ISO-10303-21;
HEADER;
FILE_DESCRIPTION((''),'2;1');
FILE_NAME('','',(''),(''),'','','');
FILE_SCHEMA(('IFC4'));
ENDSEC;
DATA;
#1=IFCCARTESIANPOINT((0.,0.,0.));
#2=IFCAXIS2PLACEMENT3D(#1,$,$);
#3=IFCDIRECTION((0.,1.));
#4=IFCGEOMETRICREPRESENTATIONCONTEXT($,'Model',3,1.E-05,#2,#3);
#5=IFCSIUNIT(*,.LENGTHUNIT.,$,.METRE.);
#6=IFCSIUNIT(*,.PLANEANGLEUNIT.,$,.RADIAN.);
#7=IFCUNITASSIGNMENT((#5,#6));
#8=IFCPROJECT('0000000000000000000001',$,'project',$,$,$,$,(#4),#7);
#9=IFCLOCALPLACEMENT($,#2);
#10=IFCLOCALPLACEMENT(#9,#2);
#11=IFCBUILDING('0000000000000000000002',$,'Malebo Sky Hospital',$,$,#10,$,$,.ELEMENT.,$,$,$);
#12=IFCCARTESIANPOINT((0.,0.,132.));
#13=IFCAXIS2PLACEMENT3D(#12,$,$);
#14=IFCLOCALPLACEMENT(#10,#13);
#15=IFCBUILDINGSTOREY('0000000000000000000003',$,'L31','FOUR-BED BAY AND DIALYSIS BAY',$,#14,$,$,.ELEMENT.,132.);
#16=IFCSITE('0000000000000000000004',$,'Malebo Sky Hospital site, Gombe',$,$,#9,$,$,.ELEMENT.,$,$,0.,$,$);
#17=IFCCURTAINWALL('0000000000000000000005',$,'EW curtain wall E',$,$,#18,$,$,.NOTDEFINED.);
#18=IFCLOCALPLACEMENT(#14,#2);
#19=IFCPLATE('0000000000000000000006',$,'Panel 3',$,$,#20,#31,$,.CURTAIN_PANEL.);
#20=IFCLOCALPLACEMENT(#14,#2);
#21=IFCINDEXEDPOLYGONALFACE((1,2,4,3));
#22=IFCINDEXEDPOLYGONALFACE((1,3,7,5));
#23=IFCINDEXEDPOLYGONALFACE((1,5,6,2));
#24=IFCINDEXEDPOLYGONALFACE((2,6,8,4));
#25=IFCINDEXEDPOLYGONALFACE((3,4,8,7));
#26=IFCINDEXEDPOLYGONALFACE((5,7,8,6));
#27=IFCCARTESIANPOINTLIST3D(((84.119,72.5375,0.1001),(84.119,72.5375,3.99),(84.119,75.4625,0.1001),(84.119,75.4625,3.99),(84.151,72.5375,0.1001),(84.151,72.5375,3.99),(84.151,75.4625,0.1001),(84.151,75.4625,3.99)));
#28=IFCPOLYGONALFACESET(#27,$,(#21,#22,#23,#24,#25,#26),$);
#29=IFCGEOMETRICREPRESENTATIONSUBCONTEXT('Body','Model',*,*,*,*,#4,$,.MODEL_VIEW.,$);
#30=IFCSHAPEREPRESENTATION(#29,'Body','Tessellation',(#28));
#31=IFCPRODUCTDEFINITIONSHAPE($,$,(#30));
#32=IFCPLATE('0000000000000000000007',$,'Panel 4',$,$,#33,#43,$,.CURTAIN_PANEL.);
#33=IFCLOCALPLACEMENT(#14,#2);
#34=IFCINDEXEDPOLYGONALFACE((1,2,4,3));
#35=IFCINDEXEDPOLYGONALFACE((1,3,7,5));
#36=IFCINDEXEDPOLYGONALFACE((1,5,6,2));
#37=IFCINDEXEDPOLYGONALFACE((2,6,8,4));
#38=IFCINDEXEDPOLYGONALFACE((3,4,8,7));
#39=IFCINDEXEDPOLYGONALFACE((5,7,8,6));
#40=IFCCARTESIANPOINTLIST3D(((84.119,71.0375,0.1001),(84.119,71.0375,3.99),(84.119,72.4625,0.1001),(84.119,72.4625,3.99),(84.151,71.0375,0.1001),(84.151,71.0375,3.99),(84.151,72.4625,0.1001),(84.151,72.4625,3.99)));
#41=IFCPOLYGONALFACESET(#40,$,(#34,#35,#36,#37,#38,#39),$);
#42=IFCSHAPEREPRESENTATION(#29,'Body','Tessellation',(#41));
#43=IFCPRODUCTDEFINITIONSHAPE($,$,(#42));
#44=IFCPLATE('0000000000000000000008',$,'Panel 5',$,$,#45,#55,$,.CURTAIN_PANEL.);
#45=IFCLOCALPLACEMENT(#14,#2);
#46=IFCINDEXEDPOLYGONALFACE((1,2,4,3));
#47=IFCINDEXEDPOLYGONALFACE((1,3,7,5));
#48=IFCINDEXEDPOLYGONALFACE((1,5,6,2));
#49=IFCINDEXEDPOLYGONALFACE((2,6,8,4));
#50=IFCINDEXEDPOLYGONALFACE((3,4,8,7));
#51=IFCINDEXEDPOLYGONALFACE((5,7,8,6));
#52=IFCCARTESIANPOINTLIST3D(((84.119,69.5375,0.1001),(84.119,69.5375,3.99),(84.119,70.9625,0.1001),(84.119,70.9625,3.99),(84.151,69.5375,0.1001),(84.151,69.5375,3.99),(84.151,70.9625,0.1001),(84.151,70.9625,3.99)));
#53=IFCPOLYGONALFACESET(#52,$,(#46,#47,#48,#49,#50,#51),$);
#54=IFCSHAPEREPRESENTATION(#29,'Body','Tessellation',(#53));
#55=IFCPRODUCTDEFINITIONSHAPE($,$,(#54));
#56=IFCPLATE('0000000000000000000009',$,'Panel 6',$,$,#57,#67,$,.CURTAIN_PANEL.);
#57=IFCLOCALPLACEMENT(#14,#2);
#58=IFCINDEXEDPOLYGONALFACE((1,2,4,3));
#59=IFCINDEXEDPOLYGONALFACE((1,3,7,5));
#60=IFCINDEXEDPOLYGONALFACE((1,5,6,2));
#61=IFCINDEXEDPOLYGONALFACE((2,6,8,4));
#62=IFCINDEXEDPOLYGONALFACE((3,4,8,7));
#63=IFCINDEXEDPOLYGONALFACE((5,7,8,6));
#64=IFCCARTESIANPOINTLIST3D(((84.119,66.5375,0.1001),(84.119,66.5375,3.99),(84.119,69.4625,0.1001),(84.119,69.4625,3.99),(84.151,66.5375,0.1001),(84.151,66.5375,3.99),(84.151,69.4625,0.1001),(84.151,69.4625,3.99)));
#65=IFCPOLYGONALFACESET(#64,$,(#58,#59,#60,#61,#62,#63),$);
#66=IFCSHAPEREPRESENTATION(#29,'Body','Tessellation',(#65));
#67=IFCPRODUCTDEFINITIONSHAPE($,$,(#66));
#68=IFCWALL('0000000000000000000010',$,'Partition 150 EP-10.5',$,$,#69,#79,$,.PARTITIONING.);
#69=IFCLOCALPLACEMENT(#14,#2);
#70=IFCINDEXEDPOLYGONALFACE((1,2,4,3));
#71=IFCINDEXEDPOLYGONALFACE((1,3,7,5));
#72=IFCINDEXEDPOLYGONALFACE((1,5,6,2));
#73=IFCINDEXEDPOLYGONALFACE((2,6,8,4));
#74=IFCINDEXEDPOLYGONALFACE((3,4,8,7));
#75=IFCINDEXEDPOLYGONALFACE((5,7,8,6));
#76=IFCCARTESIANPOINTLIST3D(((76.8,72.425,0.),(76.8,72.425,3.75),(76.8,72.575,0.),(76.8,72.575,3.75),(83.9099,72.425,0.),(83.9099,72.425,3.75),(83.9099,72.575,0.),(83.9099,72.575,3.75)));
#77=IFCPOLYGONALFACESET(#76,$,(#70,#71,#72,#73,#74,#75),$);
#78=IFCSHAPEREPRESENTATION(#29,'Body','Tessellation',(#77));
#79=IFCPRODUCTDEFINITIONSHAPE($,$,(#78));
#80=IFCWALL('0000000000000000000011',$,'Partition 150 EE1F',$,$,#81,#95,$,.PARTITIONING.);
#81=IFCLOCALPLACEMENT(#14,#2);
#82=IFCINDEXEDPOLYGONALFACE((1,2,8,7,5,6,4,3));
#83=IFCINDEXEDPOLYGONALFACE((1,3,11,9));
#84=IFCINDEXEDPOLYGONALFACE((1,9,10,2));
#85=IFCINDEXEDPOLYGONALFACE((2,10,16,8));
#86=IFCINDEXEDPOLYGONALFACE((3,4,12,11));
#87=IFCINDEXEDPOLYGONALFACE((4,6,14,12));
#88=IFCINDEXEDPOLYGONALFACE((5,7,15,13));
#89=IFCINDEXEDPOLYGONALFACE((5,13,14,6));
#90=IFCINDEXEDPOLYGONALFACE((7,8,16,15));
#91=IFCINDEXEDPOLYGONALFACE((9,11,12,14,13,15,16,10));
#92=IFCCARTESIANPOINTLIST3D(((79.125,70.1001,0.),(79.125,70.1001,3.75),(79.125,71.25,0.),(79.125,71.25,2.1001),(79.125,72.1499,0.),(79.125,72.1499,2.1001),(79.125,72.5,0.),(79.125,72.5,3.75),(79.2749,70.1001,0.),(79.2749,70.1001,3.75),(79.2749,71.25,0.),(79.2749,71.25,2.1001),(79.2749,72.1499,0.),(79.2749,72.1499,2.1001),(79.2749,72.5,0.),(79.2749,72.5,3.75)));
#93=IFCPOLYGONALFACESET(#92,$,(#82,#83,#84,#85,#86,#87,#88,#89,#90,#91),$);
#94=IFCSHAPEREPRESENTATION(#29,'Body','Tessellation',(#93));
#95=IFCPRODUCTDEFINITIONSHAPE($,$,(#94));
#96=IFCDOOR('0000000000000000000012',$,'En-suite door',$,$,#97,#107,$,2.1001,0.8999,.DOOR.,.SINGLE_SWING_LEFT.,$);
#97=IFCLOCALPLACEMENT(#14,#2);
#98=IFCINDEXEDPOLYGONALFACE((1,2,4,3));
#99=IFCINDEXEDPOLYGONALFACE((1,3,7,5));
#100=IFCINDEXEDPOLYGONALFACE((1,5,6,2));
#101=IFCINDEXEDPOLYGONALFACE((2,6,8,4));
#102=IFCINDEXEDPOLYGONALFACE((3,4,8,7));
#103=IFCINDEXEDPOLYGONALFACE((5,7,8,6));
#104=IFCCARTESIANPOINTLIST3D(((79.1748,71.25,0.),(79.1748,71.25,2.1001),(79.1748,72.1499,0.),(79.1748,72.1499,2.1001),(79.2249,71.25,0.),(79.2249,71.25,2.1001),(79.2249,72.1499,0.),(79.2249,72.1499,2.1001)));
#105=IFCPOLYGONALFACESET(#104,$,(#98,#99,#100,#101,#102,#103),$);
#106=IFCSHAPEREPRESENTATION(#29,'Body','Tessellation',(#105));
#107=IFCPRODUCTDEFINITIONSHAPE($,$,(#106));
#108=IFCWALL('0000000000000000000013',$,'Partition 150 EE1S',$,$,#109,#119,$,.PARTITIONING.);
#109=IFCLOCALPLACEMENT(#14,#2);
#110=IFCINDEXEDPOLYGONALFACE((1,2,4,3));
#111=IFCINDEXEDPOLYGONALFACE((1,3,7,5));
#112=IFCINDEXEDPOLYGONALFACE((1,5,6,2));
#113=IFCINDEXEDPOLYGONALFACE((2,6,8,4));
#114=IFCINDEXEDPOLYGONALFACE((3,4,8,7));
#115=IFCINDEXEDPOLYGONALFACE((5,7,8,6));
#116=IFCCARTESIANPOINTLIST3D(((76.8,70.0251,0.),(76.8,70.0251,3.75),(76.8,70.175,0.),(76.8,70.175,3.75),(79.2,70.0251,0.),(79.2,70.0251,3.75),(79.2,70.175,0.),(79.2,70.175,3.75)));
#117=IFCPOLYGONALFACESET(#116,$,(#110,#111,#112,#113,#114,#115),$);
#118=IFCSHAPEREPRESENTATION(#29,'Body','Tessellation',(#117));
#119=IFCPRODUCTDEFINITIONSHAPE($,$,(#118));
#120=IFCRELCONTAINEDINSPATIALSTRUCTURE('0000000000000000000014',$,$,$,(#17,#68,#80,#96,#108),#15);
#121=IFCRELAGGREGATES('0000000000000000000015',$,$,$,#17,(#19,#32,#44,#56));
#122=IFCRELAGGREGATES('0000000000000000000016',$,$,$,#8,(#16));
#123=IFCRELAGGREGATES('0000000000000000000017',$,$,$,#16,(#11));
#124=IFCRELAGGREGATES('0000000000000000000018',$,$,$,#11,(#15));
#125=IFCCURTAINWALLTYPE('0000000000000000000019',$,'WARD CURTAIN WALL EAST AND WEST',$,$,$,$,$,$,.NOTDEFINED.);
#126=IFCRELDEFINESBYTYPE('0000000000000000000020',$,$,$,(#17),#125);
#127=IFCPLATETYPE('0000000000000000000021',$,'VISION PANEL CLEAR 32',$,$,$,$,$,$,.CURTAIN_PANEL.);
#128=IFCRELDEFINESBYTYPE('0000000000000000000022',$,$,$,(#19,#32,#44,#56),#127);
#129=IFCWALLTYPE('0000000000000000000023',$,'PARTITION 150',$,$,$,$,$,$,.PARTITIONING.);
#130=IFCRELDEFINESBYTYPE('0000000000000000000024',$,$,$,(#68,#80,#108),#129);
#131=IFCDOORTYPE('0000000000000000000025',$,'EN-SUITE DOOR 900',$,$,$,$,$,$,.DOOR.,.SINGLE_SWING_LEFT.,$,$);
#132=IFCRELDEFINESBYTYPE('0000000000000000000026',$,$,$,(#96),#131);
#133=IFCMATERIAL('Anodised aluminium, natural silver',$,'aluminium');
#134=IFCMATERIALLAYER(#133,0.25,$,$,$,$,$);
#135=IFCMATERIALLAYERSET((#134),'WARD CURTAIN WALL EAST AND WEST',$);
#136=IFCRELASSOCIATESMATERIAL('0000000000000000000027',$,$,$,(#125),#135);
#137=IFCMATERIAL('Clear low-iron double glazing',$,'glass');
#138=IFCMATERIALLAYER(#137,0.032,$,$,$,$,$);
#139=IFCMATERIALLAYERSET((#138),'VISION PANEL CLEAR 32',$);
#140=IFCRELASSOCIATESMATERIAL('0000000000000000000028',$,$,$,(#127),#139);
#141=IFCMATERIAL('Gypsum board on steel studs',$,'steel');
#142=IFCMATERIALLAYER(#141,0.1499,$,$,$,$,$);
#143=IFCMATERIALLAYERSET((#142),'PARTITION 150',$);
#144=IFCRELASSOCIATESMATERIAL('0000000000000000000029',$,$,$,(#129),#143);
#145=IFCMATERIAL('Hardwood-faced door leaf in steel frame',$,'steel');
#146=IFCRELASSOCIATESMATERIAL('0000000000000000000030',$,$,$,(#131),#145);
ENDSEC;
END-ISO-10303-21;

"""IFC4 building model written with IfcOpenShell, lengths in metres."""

from ifc_helpers import new_model, si_unit, direction, frame, frame_2d, origin, origin_2d, place, context, subcontext, project, spatial, rectangle, extrude, material, layer, layer_set, type_object, element, fill, aggregate, save


model = new_model("IFC4")

# Units and contexts
model_context = context("Model", 3, precision=1e-05, world=origin(), true_north=direction((0.0, 1.0)))
body_context = subcontext(model_context, "Body", "Model", "MODEL_VIEW")
ifc_project = project(units=[si_unit("LENGTHUNIT", "METRE"), si_unit("PLANEANGLEUNIT", "RADIAN")], contexts=[model_context])

# Site, building, storey
site_placement = place(None, origin())
site = spatial("IfcSite", under=ifc_project, at=site_placement, Name="Malebo Sky Hospital site, Gombe", CompositionType="ELEMENT", RefElevation=0.0)
building_placement = place(site_placement, origin())
building = spatial("IfcBuilding", under=site, at=building_placement, Name="Malebo Sky Hospital", CompositionType="ELEMENT")
storey_placement = place(building_placement, frame((0.0, 0.0, 132.0)))
storey = spatial("IfcBuildingStorey", under=building, at=storey_placement, Name="L31", Description="FOUR-BED BAY AND DIALYSIS BAY", CompositionType="ELEMENT", Elevation=132.0)

# Curtain wall
ifc_material_1 = material(Name="Anodised aluminium, natural silver", Category="aluminium")
ifc_layer_1 = layer(ifc_material_1, 0.25)
ifc_layer_set_1 = layer_set([ifc_layer_1], Name="WARD CURTAIN WALL EAST AND WEST")
curtain_wall_type = type_object("IfcCurtainWallType", Name="WARD CURTAIN WALL EAST AND WEST", PredefinedType="NOTDEFINED", material=ifc_layer_set_1)
curtain_wall_placement = place(storey_placement, origin())
curtain_wall = element("IfcCurtainWall", 1, at=curtain_wall_placement, inside=storey, type_object=curtain_wall_type, Name="EW curtain wall E", PredefinedType="NOTDEFINED")

# Plates
ifc_material_2 = material(Name="Clear low-iron double glazing", Category="glass")
ifc_layer_2 = layer(ifc_material_2, 0.032)
ifc_layer_set_2 = layer_set([ifc_layer_2], Name="VISION PANEL CLEAR 32")
plate_type = type_object("IfcPlateType", Name="VISION PANEL CLEAR 32", PredefinedType="CURTAIN_PANEL", material=ifc_layer_set_2)
plate_1_placement = place(storey_placement, frame((84.135, 74.0, 0.1001), z_axis=(0.0, 0.0, 1.0), x_axis=(0.0, -1.0, 0.0)))
plate_1 = element("IfcPlate", 2, at=plate_1_placement, type_object=plate_type, Name="Panel 3", PredefinedType="CURTAIN_PANEL", context=body_context, shape_type="SweptSolid", body=[
    extrude(rectangle(XDim=2.925, YDim=0.032, at=origin_2d()), origin(), (0.0, 0.0, 1.0), 3.8899),
])
plate_2_placement = place(storey_placement, frame((84.135, 71.75, 0.1001), z_axis=(0.0, 0.0, 1.0), x_axis=(0.0, -1.0, 0.0)))
plate_2 = element("IfcPlate", 3, at=plate_2_placement, type_object=plate_type, Name="Panel 4", PredefinedType="CURTAIN_PANEL", context=body_context, shape_type="SweptSolid", body=[
    extrude(rectangle(XDim=1.425, YDim=0.032, at=origin_2d()), origin(), (0.0, 0.0, 1.0), 3.8899),
])
plate_3_placement = place(storey_placement, frame((84.135, 70.25, 0.1001), z_axis=(0.0, 0.0, 1.0), x_axis=(0.0, -1.0, 0.0)))
plate_3 = element("IfcPlate", 4, at=plate_3_placement, type_object=plate_type, Name="Panel 5", PredefinedType="CURTAIN_PANEL", context=body_context, shape_type="SweptSolid", body=[
    extrude(rectangle(XDim=1.425, YDim=0.032, at=origin_2d()), origin(), (0.0, 0.0, 1.0), 3.8899),
])
plate_4_placement = place(storey_placement, frame((84.135, 68.0, 0.1001), z_axis=(0.0, 0.0, 1.0), x_axis=(0.0, -1.0, 0.0)))
plate_4 = element("IfcPlate", 5, at=plate_4_placement, type_object=plate_type, Name="Panel 6", PredefinedType="CURTAIN_PANEL", context=body_context, shape_type="SweptSolid", body=[
    extrude(rectangle(XDim=2.925, YDim=0.032, at=origin_2d()), origin(), (0.0, 0.0, 1.0), 3.8899),
])
aggregate(curtain_wall, [plate_1, plate_2, plate_3, plate_4])

# Wall
ifc_material_3 = material(Name="Gypsum board on steel studs", Category="steel")
ifc_layer_3 = layer(ifc_material_3, 0.1499)
ifc_layer_set_3 = layer_set([ifc_layer_3], Name="PARTITION 150")
wall_type = type_object("IfcWallType", Name="PARTITION 150", PredefinedType="PARTITIONING", material=ifc_layer_set_3)
wall_1_placement = place(storey_placement, frame((76.8, 72.5, 0.0), z_axis=(0.0, 0.0, 1.0), x_axis=(1.0, 0.0, 0.0)))
element("IfcWall", 6, at=wall_1_placement, inside=storey, type_object=wall_type, Name="Partition 150 EP-10.5", PredefinedType="PARTITIONING", context=body_context, shape_type="SweptSolid", body=[
    extrude(rectangle(XDim=7.1099, YDim=0.1499, at=frame_2d((3.5549, 0.0))), origin(), (0.0, 0.0, 1.0), 3.75),
])

# Wall, opening, door
wall_2_placement = place(storey_placement, frame((79.2, 72.5, 0.0), z_axis=(0.0, 0.0, 1.0), x_axis=(0.0, -1.0, 0.0)))
wall_2 = element("IfcWall", 7, at=wall_2_placement, inside=storey, type_object=wall_type, Name="Partition 150 EE1F", PredefinedType="PARTITIONING", context=body_context, shape_type="SweptSolid", body=[
    extrude(rectangle(XDim=2.3999, YDim=0.1499, at=frame_2d((1.2, 0.0))), origin(), (0.0, 0.0, 1.0), 3.75),
])
opening_placement = place(wall_2_placement, frame((0.3501, 0.0, 0.0)))
opening = element("IfcOpeningElement", 8, at=opening_placement, cuts=wall_2, PredefinedType="OPENING", context=body_context, shape_type="SweptSolid", body=[
    extrude(rectangle(XDim=0.8999, YDim=2.1001, at=frame_2d((0.45, 1.05))), frame((0.0, 0.085, 0.0), z_axis=(0.0, -1.0, 0.0), x_axis=(1.0, 0.0, 0.0)), (0.0, 0.0, 1.0), 0.1699),
])
ifc_material_4 = material(Name="Hardwood-faced door leaf in steel frame", Category="steel")
door_type = type_object("IfcDoorType", Name="EN-SUITE DOOR 900", OperationType="SINGLE_SWING_LEFT", PredefinedType="DOOR", material=ifc_material_4)
door_placement = place(opening_placement, origin())
door = element("IfcDoor", 9, at=door_placement, inside=storey, type_object=door_type, Name="En-suite door", OperationType="SINGLE_SWING_LEFT", OverallHeight=2.1001, OverallWidth=0.8999, PredefinedType="DOOR", context=body_context, shape_type="SweptSolid", body=[
    extrude(rectangle(XDim=0.8999, YDim=2.1001, at=frame_2d((0.45, 1.05))), frame((0.0, 0.0249, 0.0), z_axis=(0.0, -1.0, 0.0), x_axis=(1.0, 0.0, 0.0)), (0.0, 0.0, 1.0), 0.05),
])
fill(opening, door)

# Wall
wall_3_placement = place(storey_placement, frame((76.8, 70.1001, 0.0), z_axis=(0.0, 0.0, 1.0), x_axis=(1.0, 0.0, 0.0)))
element("IfcWall", 10, at=wall_3_placement, inside=storey, type_object=wall_type, Name="Partition 150 EE1S", PredefinedType="PARTITIONING", context=body_context, shape_type="SweptSolid", body=[
    extrude(rectangle(XDim=2.3999, YDim=0.1499, at=frame_2d((1.2, 0.0))), origin(), (0.0, 0.0, 1.0), 3.75),
])

save(model, "model.ifc")
